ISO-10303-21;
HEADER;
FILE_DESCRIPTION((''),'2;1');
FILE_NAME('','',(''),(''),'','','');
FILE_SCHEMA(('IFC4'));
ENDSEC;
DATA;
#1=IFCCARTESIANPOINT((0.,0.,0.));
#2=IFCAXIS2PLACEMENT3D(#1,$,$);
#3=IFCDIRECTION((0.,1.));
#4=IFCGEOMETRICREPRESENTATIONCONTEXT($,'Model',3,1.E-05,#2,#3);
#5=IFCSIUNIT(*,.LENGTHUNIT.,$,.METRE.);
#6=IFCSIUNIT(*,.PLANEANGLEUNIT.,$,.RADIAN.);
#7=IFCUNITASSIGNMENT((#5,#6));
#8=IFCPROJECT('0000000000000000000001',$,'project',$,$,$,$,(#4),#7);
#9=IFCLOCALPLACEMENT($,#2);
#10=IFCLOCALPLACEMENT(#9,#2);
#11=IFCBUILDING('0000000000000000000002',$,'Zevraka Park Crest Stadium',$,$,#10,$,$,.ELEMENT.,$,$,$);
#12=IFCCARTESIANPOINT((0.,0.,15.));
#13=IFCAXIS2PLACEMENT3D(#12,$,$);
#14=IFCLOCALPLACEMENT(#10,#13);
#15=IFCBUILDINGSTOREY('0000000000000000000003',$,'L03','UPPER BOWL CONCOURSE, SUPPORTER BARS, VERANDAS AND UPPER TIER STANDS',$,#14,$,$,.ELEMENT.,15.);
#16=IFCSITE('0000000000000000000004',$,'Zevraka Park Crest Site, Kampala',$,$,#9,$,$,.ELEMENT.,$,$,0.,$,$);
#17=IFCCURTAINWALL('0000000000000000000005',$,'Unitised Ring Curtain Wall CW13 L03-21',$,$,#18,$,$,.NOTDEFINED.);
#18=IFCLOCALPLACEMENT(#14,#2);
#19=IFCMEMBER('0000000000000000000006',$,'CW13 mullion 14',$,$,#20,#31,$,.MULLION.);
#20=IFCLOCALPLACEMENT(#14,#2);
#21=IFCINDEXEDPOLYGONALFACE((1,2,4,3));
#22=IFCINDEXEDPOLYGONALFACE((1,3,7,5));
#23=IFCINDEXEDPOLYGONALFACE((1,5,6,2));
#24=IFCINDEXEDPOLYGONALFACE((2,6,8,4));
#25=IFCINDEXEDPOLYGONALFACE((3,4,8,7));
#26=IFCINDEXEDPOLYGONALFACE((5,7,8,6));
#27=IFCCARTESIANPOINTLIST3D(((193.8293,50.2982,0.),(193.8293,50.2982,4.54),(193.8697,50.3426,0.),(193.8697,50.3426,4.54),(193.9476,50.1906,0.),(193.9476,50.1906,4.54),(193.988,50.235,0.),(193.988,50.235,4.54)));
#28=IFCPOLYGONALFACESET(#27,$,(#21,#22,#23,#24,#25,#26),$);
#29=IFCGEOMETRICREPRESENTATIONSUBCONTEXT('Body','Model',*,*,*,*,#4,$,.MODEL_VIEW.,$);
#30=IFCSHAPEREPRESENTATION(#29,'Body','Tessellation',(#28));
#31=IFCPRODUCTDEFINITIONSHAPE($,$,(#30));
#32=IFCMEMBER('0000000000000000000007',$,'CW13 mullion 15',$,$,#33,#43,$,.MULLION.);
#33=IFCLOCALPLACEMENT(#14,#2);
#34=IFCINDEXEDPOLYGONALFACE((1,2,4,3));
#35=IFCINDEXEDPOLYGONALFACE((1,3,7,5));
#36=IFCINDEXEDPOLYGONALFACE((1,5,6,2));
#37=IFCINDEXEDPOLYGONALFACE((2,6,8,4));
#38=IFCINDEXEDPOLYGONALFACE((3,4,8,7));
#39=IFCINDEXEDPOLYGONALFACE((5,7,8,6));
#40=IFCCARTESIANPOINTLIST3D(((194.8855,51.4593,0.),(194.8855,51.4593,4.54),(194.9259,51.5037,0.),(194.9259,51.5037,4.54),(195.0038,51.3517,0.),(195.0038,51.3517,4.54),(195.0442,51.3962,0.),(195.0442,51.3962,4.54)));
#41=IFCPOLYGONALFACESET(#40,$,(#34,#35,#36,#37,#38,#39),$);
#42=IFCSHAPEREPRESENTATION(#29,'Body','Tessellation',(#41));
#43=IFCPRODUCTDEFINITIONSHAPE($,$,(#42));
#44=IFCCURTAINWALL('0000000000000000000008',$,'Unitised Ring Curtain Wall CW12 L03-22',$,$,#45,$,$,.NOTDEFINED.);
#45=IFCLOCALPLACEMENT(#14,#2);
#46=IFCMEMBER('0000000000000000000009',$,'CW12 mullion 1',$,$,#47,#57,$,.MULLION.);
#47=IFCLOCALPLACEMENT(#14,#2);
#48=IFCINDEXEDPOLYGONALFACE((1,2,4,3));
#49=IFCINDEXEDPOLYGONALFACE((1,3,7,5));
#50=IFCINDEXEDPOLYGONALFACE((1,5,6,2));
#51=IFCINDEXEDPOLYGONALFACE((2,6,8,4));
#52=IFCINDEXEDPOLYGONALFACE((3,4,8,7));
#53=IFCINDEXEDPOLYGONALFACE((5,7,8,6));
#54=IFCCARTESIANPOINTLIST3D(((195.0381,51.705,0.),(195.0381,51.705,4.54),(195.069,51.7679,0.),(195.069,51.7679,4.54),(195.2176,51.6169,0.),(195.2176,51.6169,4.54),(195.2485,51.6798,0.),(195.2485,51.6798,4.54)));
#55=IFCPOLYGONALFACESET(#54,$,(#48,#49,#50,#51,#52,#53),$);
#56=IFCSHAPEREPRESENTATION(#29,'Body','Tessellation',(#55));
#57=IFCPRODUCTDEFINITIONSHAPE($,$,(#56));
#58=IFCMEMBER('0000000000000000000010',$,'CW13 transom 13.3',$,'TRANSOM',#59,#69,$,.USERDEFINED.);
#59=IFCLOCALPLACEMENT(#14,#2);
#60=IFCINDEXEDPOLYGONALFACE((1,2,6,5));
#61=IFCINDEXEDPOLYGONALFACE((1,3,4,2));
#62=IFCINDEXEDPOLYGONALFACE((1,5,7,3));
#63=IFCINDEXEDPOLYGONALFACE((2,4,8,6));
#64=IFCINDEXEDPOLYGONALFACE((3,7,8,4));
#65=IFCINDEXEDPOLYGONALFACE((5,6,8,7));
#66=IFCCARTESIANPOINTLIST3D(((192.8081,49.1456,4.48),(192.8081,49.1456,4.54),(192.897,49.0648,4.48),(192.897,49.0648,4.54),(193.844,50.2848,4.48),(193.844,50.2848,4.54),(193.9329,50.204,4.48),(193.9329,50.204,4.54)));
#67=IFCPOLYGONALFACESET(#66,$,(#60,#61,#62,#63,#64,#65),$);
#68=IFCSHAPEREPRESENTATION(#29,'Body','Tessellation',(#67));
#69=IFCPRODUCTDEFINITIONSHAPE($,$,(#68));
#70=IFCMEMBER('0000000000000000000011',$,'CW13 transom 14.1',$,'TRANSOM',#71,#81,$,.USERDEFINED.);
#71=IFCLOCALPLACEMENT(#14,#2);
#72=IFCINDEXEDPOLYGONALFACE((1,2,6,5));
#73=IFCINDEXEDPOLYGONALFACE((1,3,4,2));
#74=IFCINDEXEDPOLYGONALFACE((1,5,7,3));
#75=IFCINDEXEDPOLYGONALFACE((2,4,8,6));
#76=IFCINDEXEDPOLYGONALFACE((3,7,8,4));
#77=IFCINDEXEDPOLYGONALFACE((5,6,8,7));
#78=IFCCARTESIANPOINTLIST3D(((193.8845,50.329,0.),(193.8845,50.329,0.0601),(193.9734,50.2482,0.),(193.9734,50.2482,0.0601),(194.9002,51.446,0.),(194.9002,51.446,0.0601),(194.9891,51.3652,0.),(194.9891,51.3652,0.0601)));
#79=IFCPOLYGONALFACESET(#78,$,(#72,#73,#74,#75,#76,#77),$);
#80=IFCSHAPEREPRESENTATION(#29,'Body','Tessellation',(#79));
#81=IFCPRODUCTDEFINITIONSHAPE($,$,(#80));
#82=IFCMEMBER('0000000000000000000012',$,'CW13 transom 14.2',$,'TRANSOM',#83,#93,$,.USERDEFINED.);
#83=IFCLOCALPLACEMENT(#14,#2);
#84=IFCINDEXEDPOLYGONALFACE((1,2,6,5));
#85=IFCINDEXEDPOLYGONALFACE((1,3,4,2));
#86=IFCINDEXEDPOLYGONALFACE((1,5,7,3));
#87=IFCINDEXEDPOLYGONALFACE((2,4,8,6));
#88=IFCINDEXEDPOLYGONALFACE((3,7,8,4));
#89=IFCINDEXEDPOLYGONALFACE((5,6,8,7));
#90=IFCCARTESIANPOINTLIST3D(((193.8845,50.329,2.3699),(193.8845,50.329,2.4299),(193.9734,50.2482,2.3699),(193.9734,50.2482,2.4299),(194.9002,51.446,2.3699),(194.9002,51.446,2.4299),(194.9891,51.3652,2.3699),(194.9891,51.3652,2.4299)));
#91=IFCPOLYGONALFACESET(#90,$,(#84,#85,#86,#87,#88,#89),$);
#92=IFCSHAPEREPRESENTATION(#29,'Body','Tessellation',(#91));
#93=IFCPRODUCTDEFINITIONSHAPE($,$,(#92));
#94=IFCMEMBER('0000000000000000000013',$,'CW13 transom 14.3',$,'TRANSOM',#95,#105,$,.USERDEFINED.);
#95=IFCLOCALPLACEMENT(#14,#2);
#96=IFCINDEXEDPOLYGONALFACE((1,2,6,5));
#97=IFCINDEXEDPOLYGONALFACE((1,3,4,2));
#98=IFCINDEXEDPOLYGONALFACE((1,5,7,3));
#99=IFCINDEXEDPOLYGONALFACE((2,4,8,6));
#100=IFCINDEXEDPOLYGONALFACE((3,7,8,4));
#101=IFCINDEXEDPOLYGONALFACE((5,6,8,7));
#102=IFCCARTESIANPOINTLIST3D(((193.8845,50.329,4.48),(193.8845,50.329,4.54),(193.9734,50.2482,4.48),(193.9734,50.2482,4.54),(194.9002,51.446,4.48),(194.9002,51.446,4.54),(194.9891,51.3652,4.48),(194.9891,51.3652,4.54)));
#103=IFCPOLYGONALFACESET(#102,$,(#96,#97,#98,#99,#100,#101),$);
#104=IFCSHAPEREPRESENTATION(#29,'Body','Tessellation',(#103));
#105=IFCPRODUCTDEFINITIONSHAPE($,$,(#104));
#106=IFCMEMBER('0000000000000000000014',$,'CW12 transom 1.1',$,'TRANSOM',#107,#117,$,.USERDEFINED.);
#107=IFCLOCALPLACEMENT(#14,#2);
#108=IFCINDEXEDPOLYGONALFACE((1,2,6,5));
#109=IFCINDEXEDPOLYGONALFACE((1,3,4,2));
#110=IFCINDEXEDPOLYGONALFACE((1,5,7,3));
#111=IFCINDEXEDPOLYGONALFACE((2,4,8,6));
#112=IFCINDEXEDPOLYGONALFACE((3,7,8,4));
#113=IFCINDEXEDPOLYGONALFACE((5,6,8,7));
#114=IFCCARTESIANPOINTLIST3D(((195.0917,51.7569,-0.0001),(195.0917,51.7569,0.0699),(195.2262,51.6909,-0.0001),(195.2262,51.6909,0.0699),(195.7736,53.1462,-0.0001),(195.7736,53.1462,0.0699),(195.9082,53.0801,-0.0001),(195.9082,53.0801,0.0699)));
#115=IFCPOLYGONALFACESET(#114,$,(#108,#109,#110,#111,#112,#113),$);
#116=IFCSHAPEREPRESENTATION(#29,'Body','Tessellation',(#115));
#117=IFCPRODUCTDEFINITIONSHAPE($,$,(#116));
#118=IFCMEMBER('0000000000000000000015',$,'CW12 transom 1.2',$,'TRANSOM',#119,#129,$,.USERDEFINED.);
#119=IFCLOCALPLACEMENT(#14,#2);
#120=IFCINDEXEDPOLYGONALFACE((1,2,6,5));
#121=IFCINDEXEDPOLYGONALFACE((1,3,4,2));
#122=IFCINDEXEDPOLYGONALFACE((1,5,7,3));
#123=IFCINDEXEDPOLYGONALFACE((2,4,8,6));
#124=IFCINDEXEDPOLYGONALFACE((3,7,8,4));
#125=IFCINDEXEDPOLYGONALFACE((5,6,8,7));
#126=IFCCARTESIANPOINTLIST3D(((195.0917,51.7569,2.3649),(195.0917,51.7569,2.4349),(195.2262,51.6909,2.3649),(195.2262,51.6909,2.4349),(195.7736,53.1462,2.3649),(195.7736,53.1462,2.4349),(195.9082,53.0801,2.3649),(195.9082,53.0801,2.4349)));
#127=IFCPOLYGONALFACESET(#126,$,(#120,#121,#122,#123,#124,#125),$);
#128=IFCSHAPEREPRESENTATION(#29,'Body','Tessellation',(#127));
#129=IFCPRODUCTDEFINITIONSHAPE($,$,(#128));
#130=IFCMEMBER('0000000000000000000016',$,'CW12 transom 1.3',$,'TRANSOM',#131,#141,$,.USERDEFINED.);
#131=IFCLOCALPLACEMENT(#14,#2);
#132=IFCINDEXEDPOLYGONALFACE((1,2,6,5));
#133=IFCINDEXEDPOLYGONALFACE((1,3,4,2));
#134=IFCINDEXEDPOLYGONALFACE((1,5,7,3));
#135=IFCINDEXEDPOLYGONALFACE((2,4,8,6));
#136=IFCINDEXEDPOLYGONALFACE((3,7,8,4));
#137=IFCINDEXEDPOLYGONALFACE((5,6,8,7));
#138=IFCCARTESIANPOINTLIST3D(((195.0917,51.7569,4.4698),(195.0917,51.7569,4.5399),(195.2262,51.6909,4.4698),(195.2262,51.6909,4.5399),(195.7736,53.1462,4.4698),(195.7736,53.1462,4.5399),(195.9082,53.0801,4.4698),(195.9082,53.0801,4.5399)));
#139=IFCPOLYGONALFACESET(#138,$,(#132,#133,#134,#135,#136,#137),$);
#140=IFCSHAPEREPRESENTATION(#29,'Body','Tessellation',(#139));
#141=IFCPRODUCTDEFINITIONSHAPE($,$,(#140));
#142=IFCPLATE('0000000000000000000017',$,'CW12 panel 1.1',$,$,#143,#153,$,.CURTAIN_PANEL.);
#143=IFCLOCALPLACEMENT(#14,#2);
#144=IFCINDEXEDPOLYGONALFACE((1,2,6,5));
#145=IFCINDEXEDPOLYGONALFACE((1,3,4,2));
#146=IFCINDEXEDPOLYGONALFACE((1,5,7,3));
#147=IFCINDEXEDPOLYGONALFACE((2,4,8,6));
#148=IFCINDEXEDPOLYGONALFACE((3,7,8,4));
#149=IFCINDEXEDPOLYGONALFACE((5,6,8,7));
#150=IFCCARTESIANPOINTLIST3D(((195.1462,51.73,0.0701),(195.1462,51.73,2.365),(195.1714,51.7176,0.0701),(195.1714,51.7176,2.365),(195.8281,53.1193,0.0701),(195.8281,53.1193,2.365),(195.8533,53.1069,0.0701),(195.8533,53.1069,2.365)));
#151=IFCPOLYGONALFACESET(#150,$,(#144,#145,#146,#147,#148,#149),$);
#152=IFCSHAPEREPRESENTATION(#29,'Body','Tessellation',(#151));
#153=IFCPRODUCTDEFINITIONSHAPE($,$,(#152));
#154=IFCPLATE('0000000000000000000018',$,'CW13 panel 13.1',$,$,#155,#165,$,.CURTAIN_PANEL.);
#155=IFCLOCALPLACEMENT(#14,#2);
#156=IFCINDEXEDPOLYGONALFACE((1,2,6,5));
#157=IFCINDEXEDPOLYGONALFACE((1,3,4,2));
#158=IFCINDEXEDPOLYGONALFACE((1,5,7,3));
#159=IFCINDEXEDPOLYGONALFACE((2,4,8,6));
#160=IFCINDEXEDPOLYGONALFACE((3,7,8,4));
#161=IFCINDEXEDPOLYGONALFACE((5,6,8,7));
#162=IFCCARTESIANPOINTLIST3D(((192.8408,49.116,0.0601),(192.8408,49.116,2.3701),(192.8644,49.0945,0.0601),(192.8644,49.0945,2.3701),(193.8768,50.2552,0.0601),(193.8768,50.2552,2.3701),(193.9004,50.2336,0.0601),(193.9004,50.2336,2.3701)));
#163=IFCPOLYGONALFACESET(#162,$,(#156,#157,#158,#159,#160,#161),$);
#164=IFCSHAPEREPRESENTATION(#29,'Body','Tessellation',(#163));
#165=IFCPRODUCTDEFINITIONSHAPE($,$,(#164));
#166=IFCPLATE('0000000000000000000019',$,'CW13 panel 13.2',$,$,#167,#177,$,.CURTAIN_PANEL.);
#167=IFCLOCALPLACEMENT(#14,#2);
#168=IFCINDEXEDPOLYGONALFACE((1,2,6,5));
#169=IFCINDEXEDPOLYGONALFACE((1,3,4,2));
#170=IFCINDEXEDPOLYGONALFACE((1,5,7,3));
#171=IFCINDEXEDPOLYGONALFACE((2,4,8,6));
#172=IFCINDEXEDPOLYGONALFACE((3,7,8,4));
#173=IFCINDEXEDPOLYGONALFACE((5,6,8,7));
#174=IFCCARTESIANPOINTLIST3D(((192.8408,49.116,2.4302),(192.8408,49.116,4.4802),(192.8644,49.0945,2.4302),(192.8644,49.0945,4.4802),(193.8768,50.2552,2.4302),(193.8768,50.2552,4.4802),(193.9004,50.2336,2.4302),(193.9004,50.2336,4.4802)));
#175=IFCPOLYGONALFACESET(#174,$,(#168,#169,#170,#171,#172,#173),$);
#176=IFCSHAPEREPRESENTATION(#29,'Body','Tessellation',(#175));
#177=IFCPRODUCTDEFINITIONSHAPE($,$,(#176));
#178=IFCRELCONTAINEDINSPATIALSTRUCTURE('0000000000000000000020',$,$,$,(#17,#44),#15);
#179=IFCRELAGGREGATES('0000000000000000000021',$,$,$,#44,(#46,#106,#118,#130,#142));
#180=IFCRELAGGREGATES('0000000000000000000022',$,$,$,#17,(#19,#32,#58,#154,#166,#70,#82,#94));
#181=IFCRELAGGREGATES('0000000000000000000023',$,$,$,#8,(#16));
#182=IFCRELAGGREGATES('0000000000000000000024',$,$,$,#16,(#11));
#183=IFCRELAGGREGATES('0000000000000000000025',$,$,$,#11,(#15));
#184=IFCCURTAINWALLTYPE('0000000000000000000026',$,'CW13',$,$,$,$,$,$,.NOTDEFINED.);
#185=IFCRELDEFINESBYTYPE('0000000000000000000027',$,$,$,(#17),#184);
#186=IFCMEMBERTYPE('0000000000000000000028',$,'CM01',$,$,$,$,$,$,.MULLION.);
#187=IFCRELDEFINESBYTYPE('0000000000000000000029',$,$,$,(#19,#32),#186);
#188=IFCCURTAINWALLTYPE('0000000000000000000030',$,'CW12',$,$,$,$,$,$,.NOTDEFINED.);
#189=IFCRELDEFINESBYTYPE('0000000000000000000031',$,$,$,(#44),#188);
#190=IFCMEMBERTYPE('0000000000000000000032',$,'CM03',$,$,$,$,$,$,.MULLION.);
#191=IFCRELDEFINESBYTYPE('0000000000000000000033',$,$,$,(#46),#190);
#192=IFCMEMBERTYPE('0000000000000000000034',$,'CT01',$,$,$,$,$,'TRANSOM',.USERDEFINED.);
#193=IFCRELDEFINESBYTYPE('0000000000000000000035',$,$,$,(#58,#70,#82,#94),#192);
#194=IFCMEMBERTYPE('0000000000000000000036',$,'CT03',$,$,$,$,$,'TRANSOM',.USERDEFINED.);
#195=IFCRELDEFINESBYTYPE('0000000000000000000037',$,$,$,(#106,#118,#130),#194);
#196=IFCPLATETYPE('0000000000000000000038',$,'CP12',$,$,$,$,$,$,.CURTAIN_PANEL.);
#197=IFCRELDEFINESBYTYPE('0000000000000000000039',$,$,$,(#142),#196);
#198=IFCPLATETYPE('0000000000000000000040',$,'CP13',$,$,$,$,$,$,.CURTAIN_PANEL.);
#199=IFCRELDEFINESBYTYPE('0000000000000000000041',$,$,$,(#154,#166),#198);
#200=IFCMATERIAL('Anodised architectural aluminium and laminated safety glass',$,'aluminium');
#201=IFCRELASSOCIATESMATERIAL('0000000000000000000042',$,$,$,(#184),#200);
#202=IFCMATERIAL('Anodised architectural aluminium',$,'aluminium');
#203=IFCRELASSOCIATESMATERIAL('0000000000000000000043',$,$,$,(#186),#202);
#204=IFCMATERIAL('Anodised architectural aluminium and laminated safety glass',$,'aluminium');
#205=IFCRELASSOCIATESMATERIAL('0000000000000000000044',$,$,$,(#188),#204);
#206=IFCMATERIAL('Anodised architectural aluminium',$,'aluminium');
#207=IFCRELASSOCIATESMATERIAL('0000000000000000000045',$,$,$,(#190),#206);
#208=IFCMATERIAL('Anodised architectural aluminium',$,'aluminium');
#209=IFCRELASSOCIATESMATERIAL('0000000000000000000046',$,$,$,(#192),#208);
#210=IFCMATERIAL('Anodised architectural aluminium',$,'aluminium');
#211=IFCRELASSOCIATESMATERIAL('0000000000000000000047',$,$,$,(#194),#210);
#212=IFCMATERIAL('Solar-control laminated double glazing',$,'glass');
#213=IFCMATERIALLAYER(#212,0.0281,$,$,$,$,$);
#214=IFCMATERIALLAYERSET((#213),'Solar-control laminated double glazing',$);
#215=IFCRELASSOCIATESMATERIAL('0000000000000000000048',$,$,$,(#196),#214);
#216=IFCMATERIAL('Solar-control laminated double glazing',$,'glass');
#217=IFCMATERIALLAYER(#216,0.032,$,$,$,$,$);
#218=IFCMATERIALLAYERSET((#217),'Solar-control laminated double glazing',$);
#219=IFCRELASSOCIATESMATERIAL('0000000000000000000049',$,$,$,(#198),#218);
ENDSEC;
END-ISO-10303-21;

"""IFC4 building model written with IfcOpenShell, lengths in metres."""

from ifc_helpers import new_model, si_unit, direction, frame, origin, origin_2d, place, context, subcontext, project, spatial, rectangle, extrude, material, layer, layer_set, material_profile, profile_set, type_object, element, aggregate, save


model = new_model("IFC4")

# Units and contexts
model_context = context("Model", 3, precision=1e-05, world=origin(), true_north=direction((0.0, 1.0)))
body_context = subcontext(model_context, "Body", "Model", "MODEL_VIEW")
ifc_project = project(units=[si_unit("LENGTHUNIT", "METRE"), si_unit("PLANEANGLEUNIT", "RADIAN")], contexts=[model_context])

# Site, building, storey
site_placement = place(None, origin())
site = spatial("IfcSite", under=ifc_project, at=site_placement, Name="Zevraka Park Crest Site, Kampala", CompositionType="ELEMENT", RefElevation=0.0)
building_placement = place(site_placement, origin())
building = spatial("IfcBuilding", under=site, at=building_placement, Name="Zevraka Park Crest Stadium", CompositionType="ELEMENT")
storey_placement = place(building_placement, frame((0.0, 0.0, 15.0)))
storey = spatial("IfcBuildingStorey", under=building, at=storey_placement, Name="L03", Description="UPPER BOWL CONCOURSE, SUPPORTER BARS, VERANDAS AND UPPER TIER STANDS", CompositionType="ELEMENT", Elevation=15.0)

# Curtain wall, members
ifc_material_1 = material(Name="Anodised architectural aluminium and laminated safety glass", Category="aluminium")
curtain_wall_type_1 = type_object("IfcCurtainWallType", Name="CW13", PredefinedType="NOTDEFINED", material=ifc_material_1)
curtain_wall_1_placement = place(storey_placement, origin())
curtain_wall_1 = element("IfcCurtainWall", 1, at=curtain_wall_1_placement, inside=storey, type_object=curtain_wall_type_1, Name="Unitised Ring Curtain Wall CW13 L03-21", PredefinedType="NOTDEFINED")
ifc_material_2 = material(Name="Anodised architectural aluminium", Category="aluminium")
ifc_material_profile_1 = material_profile(ifc_material_2, rectangle(XDim=0.1599, YDim=0.0601, at=origin_2d()), Name="ALU MULLION 160x60")
ifc_profile_set_1 = profile_set([ifc_material_profile_1], Name="Anodised architectural aluminium")
member_type_1 = type_object("IfcMemberType", Name="CM01", PredefinedType="MULLION", material=ifc_profile_set_1)
member_1_placement = place(storey_placement, frame((193.9087, 50.2666, 0.0), z_axis=(0.0, 0.0, 1.0), x_axis=(-0.739823, 0.672802, 0.0)))
member_1 = element("IfcMember", 2, at=member_1_placement, type_object=member_type_1, Name="CW13 mullion 14", PredefinedType="MULLION", context=body_context, shape_type="SweptSolid", body=[
    extrude(rectangle(XDim=0.1599, YDim=0.0601, at=origin_2d()), origin(), (0.0, 0.0, 1.0), 4.54),
])
member_2_placement = place(storey_placement, frame((194.9648, 51.4277, 0.0), z_axis=(0.0, 0.0, 1.0), x_axis=(-0.739823, 0.672802, 0.0)))
member_2 = element("IfcMember", 3, at=member_2_placement, type_object=member_type_1, Name="CW13 mullion 15", PredefinedType="MULLION", context=body_context, shape_type="SweptSolid", body=[
    extrude(rectangle(XDim=0.1599, YDim=0.0601, at=origin_2d()), origin(), (0.0, 0.0, 1.0), 4.54),
])

# Curtain wall, member
ifc_material_3 = material(Name="Anodised architectural aluminium and laminated safety glass", Category="aluminium")
curtain_wall_type_2 = type_object("IfcCurtainWallType", Name="CW12", PredefinedType="NOTDEFINED", material=ifc_material_3)
curtain_wall_2_placement = place(storey_placement, origin())
curtain_wall_2 = element("IfcCurtainWall", 4, at=curtain_wall_2_placement, inside=storey, type_object=curtain_wall_type_2, Name="Unitised Ring Curtain Wall CW12 L03-22", PredefinedType="NOTDEFINED")
ifc_material_4 = material(Name="Anodised architectural aluminium", Category="aluminium")
ifc_material_profile_2 = material_profile(ifc_material_4, rectangle(XDim=0.2, YDim=0.0701, at=origin_2d()), Name="ALU MULLION 200x70")
ifc_profile_set_2 = profile_set([ifc_material_profile_2], Name="Anodised architectural aluminium")
member_type_2 = type_object("IfcMemberType", Name="CM03", PredefinedType="MULLION", material=ifc_profile_set_2)
member_3_placement = place(storey_placement, frame((195.1433, 51.6924, 0.0), z_axis=(0.0, 0.0, 1.0), x_axis=(-0.897671, 0.440666, 0.0)))
member_3 = element("IfcMember", 5, at=member_3_placement, type_object=member_type_2, Name="CW12 mullion 1", PredefinedType="MULLION", context=body_context, shape_type="SweptSolid", body=[
    extrude(rectangle(XDim=0.2, YDim=0.0701, at=origin_2d()), origin(), (0.0, 0.0, 1.0), 4.54),
])

# Members
ifc_material_5 = material(Name="Anodised architectural aluminium", Category="aluminium")
ifc_material_profile_3 = material_profile(ifc_material_5, rectangle(XDim=0.1201, YDim=0.0601, at=origin_2d()), Name="ALU TRANSOM 120x60")
ifc_profile_set_3 = profile_set([ifc_material_profile_3], Name="Anodised architectural aluminium")
member_type_3 = type_object("IfcMemberType", Name="CT01", ElementType="TRANSOM", PredefinedType="USERDEFINED", material=ifc_profile_set_3)
member_4_placement = place(storey_placement, frame((192.8525, 49.1052, 4.51), z_axis=(0.672775, 0.739847, 0.0), x_axis=(-0.739847, 0.672775, 0.0)))
member_4 = element("IfcMember", 6, at=member_4_placement, type_object=member_type_3, Name="CW13 transom 13.3", ObjectType="TRANSOM", PredefinedType="USERDEFINED", context=body_context, shape_type="SweptSolid", body=[
    extrude(rectangle(XDim=0.1201, YDim=0.0601, at=origin_2d()), origin(), (0.0, 0.0, 1.0), 1.5398),
])
member_5_placement = place(storey_placement, frame((193.929, 50.2886, 0.03), z_axis=(0.672753, 0.739867, 0.0), x_axis=(-0.739867, 0.672753, 0.0)))
member_5 = element("IfcMember", 7, at=member_5_placement, type_object=member_type_3, Name="CW13 transom 14.1", ObjectType="TRANSOM", PredefinedType="USERDEFINED", context=body_context, shape_type="SweptSolid", body=[
    extrude(rectangle(XDim=0.1201, YDim=0.0601, at=origin_2d()), origin(), (0.0, 0.0, 1.0), 1.5098),
])
member_6_placement = place(storey_placement, frame((193.929, 50.2886, 2.3999), z_axis=(0.672753, 0.739867, 0.0), x_axis=(-0.739867, 0.672753, 0.0)))
member_6 = element("IfcMember", 8, at=member_6_placement, type_object=member_type_3, Name="CW13 transom 14.2", ObjectType="TRANSOM", PredefinedType="USERDEFINED", context=body_context, shape_type="SweptSolid", body=[
    extrude(rectangle(XDim=0.1201, YDim=0.0601, at=origin_2d()), origin(), (0.0, 0.0, 1.0), 1.5098),
])
member_7_placement = place(storey_placement, frame((193.929, 50.2886, 4.51), z_axis=(0.672753, 0.739867, 0.0), x_axis=(-0.739867, 0.672753, 0.0)))
member_7 = element("IfcMember", 9, at=member_7_placement, type_object=member_type_3, Name="CW13 transom 14.3", ObjectType="TRANSOM", PredefinedType="USERDEFINED", context=body_context, shape_type="SweptSolid", body=[
    extrude(rectangle(XDim=0.1201, YDim=0.0601, at=origin_2d()), origin(), (0.0, 0.0, 1.0), 1.5098),
])
ifc_material_6 = material(Name="Anodised architectural aluminium", Category="aluminium")
ifc_material_profile_4 = material_profile(ifc_material_6, rectangle(XDim=0.1499, YDim=0.0701, at=origin_2d()), Name="ALU TRANSOM 150x70")
ifc_profile_set_4 = profile_set([ifc_material_profile_4], Name="Anodised architectural aluminium")
member_type_4 = type_object("IfcMemberType", Name="CT03", ElementType="TRANSOM", PredefinedType="USERDEFINED", material=ifc_profile_set_4)
member_8_placement = place(storey_placement, frame((195.1589, 51.7239, 0.0349), z_axis=(0.440639, 0.897685, 0.0), x_axis=(-0.897685, 0.440639, 0.0)))
member_8 = element("IfcMember", 10, at=member_8_placement, type_object=member_type_4, Name="CW12 transom 1.1", ObjectType="TRANSOM", PredefinedType="USERDEFINED", context=body_context, shape_type="SweptSolid", body=[
    extrude(rectangle(XDim=0.1499, YDim=0.0701, at=origin_2d()), origin(), (0.0, 0.0, 1.0), 1.5476),
])
member_9_placement = place(storey_placement, frame((195.1589, 51.7239, 2.3999), z_axis=(0.440639, 0.897685, 0.0), x_axis=(-0.897685, 0.440639, 0.0)))
member_9 = element("IfcMember", 11, at=member_9_placement, type_object=member_type_4, Name="CW12 transom 1.2", ObjectType="TRANSOM", PredefinedType="USERDEFINED", context=body_context, shape_type="SweptSolid", body=[
    extrude(rectangle(XDim=0.1499, YDim=0.0701, at=origin_2d()), origin(), (0.0, 0.0, 1.0), 1.5476),
])
member_10_placement = place(storey_placement, frame((195.1589, 51.7239, 4.5049), z_axis=(0.440639, 0.897685, 0.0), x_axis=(-0.897685, 0.440639, 0.0)))
member_10 = element("IfcMember", 12, at=member_10_placement, type_object=member_type_4, Name="CW12 transom 1.3", ObjectType="TRANSOM", PredefinedType="USERDEFINED", context=body_context, shape_type="SweptSolid", body=[
    extrude(rectangle(XDim=0.1499, YDim=0.0701, at=origin_2d()), origin(), (0.0, 0.0, 1.0), 1.5476),
])

# Plates
ifc_material_7 = material(Name="Solar-control laminated double glazing", Category="glass")
ifc_layer_1 = layer(ifc_material_7, 0.0281)
ifc_layer_set_1 = layer_set([ifc_layer_1], Name="Solar-control laminated double glazing")
plate_type_1 = type_object("IfcPlateType", Name="CP12", PredefinedType="CURTAIN_PANEL", material=ifc_layer_set_1)
plate_1_placement = place(storey_placement, frame((195.4998, 52.4185, 0.0701), z_axis=(0.0, 0.0, 1.0), x_axis=(0.440666, 0.897671, 0.0)))
plate_1 = element("IfcPlate", 13, at=plate_1_placement, type_object=plate_type_1, Name="CW12 panel 1.1", PredefinedType="CURTAIN_PANEL", context=body_context, shape_type="SweptSolid", body=[
    extrude(rectangle(XDim=1.5476, YDim=0.0281, at=origin_2d()), origin(), (0.0, 0.0, 1.0), 2.2949),
])
aggregate(curtain_wall_2, [member_3, member_8, member_9, member_10, plate_1])
ifc_material_8 = material(Name="Solar-control laminated double glazing", Category="glass")
ifc_layer_2 = layer(ifc_material_8, 0.032)
ifc_layer_set_2 = layer_set([ifc_layer_2], Name="Solar-control laminated double glazing")
plate_type_2 = type_object("IfcPlateType", Name="CP13", PredefinedType="CURTAIN_PANEL", material=ifc_layer_set_2)
plate_2_placement = place(storey_placement, frame((193.3706, 49.6748, 0.0601), z_axis=(0.0, 0.0, 1.0), x_axis=(0.672802, 0.739823, 0.0)))
plate_2 = element("IfcPlate", 14, at=plate_2_placement, type_object=plate_type_2, Name="CW13 panel 13.1", PredefinedType="CURTAIN_PANEL", context=body_context, shape_type="SweptSolid", body=[
    extrude(rectangle(XDim=1.5398, YDim=0.032, at=origin_2d()), origin(), (0.0, 0.0, 1.0), 2.3101),
])
plate_3_placement = place(storey_placement, frame((193.3706, 49.6748, 2.4302), z_axis=(0.0, 0.0, 1.0), x_axis=(0.672802, 0.739823, 0.0)))
plate_3 = element("IfcPlate", 15, at=plate_3_placement, type_object=plate_type_2, Name="CW13 panel 13.2", PredefinedType="CURTAIN_PANEL", context=body_context, shape_type="SweptSolid", body=[
    extrude(rectangle(XDim=1.5398, YDim=0.032, at=origin_2d()), origin(), (0.0, 0.0, 1.0), 2.05),
])
aggregate(curtain_wall_1, [member_1, member_2, member_4, plate_2, plate_3, member_5, member_6, member_7])

save(model, "model.ifc")
